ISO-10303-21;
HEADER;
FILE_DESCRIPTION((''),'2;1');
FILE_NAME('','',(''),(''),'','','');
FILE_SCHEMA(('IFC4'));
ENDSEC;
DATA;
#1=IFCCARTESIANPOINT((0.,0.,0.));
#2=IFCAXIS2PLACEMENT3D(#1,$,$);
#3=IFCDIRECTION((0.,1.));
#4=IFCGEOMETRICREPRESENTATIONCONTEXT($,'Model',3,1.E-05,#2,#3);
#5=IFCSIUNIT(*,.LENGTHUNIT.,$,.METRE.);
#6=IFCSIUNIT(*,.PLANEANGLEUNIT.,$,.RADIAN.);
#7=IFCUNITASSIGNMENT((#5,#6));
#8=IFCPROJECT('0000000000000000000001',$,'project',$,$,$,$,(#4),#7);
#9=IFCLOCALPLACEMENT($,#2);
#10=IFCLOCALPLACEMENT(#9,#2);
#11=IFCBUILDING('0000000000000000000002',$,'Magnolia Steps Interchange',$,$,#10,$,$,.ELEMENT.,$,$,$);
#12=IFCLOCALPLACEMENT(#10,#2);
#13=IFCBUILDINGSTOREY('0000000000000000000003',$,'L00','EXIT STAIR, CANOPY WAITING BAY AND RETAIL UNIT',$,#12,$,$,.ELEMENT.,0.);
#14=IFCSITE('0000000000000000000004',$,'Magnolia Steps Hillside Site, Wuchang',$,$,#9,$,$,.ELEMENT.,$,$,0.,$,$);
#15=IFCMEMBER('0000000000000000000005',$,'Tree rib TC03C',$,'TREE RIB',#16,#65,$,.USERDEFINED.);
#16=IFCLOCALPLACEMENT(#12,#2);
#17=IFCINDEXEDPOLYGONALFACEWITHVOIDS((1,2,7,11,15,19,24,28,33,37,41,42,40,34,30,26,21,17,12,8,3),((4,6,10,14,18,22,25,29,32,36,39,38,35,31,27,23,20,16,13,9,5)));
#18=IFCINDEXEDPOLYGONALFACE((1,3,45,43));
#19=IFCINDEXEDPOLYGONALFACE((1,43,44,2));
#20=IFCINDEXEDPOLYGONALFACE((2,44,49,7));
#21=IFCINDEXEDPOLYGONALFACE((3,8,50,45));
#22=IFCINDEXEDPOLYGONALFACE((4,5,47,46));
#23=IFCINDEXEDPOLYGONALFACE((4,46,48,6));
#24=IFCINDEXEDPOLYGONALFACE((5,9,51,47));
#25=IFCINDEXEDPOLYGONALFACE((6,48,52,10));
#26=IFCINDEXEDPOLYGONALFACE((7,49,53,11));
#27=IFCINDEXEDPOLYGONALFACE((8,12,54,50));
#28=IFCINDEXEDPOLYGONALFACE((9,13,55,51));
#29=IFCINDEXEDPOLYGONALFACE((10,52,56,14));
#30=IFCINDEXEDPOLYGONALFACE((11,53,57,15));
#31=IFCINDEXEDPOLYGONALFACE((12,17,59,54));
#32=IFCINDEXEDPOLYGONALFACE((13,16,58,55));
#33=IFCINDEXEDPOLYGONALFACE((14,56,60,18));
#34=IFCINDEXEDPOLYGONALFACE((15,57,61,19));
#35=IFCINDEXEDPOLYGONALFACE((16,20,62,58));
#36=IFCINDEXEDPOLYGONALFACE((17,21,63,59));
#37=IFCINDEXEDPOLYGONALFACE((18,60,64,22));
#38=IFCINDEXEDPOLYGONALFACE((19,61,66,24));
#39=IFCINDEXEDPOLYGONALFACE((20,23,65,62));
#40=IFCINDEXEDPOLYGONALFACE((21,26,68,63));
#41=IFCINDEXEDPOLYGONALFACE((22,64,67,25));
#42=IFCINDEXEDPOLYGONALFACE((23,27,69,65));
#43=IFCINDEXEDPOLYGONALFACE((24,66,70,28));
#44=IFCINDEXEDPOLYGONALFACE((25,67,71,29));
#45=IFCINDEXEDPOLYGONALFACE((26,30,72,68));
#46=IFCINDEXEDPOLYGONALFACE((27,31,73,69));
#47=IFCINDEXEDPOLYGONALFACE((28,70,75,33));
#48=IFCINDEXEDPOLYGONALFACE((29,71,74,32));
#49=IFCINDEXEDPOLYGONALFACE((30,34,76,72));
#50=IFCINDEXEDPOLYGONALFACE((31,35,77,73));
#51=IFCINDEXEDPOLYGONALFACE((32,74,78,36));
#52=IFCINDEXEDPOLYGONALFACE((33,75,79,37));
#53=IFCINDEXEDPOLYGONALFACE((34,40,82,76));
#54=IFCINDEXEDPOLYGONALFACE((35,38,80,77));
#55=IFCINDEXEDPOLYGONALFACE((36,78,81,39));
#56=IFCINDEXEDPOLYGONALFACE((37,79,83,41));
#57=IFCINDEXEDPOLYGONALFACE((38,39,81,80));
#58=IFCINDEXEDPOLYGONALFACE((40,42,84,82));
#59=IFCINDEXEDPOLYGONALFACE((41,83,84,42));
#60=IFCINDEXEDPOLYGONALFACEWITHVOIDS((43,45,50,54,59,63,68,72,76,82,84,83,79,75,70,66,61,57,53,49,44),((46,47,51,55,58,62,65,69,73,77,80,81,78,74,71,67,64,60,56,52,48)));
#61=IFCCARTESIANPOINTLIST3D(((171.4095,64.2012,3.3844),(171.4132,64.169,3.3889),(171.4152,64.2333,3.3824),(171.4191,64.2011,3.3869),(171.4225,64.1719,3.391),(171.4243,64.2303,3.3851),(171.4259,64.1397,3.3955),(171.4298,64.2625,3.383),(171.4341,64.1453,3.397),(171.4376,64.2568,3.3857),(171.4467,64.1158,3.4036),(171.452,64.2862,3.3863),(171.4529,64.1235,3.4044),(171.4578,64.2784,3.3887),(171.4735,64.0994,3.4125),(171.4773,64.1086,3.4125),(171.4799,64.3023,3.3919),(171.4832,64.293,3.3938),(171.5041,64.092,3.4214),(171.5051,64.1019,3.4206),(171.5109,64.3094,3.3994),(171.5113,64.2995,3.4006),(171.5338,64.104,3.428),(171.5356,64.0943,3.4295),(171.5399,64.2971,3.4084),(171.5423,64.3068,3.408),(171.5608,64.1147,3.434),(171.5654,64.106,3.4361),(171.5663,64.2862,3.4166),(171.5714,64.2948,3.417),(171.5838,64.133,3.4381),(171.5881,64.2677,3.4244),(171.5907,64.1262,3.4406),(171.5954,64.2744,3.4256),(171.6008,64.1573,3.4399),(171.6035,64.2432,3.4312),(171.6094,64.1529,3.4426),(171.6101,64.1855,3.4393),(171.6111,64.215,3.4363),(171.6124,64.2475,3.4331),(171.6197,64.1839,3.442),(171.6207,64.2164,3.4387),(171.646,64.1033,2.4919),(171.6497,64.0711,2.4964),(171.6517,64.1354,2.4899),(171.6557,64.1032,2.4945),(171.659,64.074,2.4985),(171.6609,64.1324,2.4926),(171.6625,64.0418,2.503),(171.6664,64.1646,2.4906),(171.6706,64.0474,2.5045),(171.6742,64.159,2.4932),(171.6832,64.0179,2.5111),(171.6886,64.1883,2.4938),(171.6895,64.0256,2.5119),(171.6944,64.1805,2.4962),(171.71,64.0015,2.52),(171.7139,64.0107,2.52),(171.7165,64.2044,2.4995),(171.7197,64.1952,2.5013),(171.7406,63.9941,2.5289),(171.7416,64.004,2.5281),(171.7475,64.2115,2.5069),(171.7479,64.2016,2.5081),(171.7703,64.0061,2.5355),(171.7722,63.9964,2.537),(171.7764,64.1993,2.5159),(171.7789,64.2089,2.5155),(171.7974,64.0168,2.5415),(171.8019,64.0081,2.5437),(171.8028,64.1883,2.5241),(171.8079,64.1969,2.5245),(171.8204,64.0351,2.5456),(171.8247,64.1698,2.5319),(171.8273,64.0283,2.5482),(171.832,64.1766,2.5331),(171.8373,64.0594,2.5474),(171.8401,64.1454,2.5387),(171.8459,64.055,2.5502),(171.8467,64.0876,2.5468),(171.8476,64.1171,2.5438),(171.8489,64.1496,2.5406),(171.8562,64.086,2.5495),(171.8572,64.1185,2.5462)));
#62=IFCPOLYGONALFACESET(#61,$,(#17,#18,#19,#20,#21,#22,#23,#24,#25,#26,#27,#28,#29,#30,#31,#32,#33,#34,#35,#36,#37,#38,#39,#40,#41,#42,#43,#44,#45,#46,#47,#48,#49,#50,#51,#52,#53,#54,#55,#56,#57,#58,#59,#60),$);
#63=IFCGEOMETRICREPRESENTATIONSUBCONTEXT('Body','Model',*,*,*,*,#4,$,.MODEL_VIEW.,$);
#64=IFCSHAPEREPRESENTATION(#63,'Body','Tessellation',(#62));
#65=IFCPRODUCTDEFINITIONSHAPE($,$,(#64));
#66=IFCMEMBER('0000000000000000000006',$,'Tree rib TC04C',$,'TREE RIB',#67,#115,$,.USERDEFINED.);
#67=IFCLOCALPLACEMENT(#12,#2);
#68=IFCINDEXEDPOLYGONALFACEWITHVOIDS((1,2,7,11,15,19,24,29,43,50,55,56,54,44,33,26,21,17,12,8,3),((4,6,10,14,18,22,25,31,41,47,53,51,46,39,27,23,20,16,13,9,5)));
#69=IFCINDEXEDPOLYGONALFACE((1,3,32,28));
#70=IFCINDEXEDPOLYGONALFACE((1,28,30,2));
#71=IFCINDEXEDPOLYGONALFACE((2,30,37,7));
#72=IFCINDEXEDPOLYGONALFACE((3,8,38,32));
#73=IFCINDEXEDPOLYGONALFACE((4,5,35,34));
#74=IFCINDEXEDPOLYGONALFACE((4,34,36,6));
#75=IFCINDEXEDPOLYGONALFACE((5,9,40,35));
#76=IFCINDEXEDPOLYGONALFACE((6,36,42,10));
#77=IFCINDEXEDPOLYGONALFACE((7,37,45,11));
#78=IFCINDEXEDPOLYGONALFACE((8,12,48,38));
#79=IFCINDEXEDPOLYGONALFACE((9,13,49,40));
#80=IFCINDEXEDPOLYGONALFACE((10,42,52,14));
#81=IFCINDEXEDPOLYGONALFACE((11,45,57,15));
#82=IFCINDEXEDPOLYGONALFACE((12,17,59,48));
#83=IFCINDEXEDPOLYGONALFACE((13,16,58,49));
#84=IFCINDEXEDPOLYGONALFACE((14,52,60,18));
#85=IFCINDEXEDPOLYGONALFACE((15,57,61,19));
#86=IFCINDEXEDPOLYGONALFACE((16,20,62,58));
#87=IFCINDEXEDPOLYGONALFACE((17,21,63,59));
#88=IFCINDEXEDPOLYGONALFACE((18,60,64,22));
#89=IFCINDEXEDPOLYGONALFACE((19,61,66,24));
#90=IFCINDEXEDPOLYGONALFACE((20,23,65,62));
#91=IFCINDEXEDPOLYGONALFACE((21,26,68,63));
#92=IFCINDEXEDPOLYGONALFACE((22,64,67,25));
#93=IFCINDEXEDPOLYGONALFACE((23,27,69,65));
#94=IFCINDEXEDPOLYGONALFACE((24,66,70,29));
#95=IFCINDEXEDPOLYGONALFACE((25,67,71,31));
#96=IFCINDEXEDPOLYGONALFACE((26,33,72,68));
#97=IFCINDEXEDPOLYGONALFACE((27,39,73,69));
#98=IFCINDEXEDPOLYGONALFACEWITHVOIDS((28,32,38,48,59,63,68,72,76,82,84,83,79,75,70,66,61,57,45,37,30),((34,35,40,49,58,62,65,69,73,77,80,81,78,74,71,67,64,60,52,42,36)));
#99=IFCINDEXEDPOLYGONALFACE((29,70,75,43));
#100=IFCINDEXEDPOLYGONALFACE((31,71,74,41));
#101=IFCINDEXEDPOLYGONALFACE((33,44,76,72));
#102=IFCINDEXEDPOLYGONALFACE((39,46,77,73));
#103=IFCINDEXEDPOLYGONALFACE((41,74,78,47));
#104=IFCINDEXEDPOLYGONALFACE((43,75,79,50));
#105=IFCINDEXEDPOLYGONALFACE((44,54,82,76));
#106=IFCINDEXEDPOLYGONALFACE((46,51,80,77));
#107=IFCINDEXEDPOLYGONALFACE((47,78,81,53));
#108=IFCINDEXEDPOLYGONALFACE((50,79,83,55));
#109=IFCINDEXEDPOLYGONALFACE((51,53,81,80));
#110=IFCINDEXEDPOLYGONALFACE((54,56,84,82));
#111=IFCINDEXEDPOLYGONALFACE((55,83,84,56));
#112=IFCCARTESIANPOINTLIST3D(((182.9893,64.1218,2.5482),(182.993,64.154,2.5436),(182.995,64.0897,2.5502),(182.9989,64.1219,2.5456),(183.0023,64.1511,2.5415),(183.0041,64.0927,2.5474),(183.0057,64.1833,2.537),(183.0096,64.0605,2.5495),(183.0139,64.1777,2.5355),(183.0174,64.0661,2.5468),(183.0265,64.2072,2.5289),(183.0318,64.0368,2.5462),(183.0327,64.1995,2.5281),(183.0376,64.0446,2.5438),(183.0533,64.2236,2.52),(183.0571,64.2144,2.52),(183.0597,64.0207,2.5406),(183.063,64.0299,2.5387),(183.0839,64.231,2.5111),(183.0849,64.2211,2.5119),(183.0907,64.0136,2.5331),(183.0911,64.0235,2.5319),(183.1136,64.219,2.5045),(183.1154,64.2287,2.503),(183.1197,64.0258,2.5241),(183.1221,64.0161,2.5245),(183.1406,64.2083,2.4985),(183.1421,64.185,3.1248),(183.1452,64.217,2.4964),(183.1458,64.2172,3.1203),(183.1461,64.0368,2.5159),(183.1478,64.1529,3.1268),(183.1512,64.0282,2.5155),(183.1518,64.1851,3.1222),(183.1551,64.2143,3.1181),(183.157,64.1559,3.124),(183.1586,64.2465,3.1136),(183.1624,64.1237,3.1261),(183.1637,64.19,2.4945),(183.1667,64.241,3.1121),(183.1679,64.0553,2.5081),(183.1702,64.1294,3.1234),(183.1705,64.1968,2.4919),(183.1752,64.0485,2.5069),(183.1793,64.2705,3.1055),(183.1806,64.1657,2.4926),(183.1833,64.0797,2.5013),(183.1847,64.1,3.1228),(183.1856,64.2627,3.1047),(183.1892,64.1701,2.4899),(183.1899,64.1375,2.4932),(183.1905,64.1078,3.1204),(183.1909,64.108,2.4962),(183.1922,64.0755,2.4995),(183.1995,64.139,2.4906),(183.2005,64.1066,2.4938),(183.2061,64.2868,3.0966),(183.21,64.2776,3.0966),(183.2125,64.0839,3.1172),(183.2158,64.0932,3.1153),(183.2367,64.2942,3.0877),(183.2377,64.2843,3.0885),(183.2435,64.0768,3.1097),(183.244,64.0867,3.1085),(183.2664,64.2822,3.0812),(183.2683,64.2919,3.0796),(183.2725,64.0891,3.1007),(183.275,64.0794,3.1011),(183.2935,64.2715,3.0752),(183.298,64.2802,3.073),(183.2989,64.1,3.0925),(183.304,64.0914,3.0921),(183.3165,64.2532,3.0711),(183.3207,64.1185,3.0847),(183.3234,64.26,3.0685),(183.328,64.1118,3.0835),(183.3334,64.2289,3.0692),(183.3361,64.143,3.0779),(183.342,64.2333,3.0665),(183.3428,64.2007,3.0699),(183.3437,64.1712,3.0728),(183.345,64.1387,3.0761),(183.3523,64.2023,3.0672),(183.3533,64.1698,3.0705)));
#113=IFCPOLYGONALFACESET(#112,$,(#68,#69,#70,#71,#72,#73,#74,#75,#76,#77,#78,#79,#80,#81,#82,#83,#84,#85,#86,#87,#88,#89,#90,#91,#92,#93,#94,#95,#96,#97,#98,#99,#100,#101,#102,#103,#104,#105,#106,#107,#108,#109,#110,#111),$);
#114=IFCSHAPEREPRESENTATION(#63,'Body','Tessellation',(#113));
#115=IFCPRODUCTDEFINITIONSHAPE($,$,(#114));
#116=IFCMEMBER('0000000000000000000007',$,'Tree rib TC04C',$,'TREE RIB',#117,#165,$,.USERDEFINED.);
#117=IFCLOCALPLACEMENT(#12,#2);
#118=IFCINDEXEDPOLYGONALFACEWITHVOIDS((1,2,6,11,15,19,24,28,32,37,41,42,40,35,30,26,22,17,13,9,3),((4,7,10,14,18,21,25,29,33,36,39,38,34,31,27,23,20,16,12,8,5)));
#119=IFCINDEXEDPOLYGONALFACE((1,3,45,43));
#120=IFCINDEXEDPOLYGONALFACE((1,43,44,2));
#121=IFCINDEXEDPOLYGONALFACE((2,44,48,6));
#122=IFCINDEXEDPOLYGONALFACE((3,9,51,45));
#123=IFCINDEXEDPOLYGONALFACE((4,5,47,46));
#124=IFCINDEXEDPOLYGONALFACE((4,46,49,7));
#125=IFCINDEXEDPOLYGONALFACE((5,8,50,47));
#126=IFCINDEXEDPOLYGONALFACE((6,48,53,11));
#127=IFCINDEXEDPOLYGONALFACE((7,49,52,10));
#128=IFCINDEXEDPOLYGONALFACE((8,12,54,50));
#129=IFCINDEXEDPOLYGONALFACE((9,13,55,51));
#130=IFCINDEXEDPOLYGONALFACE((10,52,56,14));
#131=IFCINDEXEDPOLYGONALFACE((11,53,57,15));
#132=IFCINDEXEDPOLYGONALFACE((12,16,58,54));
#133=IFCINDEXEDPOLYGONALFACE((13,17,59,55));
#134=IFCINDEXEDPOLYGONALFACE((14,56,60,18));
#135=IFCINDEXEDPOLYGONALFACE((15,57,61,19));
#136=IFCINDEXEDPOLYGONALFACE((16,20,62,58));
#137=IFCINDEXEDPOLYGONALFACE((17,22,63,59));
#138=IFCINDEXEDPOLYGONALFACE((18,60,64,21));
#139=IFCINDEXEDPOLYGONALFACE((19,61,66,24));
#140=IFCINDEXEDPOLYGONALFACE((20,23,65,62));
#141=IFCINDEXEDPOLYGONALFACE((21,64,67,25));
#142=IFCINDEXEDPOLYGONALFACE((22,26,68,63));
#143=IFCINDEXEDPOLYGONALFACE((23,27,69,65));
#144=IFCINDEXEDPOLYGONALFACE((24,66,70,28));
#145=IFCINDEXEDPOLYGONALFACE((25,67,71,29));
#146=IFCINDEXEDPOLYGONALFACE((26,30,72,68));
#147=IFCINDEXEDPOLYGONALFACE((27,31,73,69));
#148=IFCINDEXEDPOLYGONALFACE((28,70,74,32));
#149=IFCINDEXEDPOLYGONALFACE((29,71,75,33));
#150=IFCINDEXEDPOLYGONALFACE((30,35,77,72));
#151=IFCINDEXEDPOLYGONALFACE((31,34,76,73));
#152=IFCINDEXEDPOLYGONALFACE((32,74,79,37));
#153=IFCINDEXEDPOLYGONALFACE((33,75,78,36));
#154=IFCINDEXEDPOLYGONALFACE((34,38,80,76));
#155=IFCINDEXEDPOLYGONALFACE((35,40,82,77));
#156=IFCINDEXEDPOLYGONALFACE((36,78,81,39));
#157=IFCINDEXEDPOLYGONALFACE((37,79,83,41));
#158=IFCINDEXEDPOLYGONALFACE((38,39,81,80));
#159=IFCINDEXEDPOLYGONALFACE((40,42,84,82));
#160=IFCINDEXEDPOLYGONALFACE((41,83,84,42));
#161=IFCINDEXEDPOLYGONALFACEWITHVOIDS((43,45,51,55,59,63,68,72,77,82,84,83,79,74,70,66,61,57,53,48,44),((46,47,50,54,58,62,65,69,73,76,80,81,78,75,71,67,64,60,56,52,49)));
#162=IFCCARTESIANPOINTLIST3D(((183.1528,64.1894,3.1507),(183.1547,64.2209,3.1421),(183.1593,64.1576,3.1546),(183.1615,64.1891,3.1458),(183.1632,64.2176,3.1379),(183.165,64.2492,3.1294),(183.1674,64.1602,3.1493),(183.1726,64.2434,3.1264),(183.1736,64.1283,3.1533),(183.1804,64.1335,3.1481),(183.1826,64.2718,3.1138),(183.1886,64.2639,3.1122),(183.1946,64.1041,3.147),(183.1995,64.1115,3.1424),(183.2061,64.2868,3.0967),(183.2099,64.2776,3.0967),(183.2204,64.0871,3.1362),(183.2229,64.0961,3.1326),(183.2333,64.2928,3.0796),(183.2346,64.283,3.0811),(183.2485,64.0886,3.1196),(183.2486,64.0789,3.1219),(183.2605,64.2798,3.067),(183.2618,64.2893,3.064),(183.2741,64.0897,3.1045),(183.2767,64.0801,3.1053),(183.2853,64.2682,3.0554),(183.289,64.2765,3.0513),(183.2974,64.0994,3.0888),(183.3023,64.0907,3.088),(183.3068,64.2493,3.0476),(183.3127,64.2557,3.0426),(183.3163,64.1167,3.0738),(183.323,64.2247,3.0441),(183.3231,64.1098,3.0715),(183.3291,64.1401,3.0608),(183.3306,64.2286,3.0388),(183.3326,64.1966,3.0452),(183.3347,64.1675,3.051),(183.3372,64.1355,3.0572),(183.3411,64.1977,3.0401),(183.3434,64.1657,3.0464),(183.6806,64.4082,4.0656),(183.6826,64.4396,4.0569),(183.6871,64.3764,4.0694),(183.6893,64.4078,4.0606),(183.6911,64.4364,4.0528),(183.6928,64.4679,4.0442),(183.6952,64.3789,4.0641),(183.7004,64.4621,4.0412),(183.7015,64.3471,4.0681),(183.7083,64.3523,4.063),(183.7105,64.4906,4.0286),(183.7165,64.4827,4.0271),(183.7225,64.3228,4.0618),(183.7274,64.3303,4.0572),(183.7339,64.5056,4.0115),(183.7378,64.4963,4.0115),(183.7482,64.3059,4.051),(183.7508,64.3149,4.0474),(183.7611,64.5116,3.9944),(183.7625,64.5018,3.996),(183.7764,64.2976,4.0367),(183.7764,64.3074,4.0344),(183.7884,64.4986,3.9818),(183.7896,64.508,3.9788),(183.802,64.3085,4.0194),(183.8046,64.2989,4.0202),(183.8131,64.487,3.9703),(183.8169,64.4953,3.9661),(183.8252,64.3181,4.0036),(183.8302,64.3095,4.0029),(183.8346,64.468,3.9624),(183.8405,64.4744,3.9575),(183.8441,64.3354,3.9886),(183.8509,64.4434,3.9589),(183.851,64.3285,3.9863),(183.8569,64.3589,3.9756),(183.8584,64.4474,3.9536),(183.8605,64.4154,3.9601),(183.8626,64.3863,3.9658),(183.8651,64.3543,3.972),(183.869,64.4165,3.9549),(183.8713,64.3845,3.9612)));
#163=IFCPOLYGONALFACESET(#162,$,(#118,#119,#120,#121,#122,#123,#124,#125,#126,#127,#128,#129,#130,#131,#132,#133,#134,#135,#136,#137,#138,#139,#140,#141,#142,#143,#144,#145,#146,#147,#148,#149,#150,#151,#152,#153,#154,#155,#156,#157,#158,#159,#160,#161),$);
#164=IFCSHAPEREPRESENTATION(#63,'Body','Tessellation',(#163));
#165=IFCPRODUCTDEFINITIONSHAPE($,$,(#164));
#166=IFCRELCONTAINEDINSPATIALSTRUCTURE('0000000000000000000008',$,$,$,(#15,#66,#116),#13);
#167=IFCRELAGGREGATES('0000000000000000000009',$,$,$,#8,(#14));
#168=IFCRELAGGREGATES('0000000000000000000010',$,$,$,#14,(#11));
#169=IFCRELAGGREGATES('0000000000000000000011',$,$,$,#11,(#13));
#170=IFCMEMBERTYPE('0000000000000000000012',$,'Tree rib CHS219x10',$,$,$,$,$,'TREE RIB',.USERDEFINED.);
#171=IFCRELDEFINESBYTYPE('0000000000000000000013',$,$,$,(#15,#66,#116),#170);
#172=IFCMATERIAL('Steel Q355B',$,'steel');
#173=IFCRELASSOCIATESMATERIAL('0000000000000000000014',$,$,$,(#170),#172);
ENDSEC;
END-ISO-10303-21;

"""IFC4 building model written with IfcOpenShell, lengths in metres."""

from ifc_helpers import new_model, si_unit, direction, frame, origin, origin_2d, place, context, subcontext, project, spatial, hollow_circle, extrude, material, material_profile, profile_set, type_object, element, save


model = new_model("IFC4")

# Units and contexts
model_context = context("Model", 3, precision=1e-05, world=origin(), true_north=direction((0.0, 1.0)))
body_context = subcontext(model_context, "Body", "Model", "MODEL_VIEW")
ifc_project = project(units=[si_unit("LENGTHUNIT", "METRE"), si_unit("PLANEANGLEUNIT", "RADIAN")], contexts=[model_context])

# Site, building, storey
site_placement = place(None, origin())
site = spatial("IfcSite", under=ifc_project, at=site_placement, Name="Magnolia Steps Hillside Site, Wuchang", CompositionType="ELEMENT", RefElevation=0.0)
building_placement = place(site_placement, origin())
building = spatial("IfcBuilding", under=site, at=building_placement, Name="Magnolia Steps Interchange", CompositionType="ELEMENT")
storey_placement = place(building_placement, origin())
storey = spatial("IfcBuildingStorey", under=building, at=storey_placement, Name="L00", Description="EXIT STAIR, CANOPY WAITING BAY AND RETAIL UNIT", CompositionType="ELEMENT", Elevation=0.0)

# Members
ifc_material_1 = material(Name="Steel Q355B", Category="steel")
ifc_material_profile_1 = material_profile(ifc_material_1, hollow_circle(Radius=0.1096, WallThickness=0.01, at=origin_2d()), Name="CHS219x10")
ifc_profile_set_1 = profile_set([ifc_material_profile_1], Name="Steel Q355B")
member_type = type_object("IfcMemberType", Name="Tree rib CHS219x10", ElementType="TREE RIB", PredefinedType="USERDEFINED", material=ifc_profile_set_1)
member_1_placement = place(storey_placement, frame((171.752, 64.1028, 2.52), z_axis=(-0.25477, 0.105431, 0.961237), x_axis=(-0.38238, -0.924005, 0.0)))
element("IfcMember", 1, at=member_1_placement, inside=storey, type_object=member_type, Name="Tree rib TC03C", ObjectType="TREE RIB", PredefinedType="USERDEFINED", context=body_context, shape_type="SweptSolid", body=[
    extrude(hollow_circle(Radius=0.1096, WallThickness=0.01, at=origin_2d()), origin(), (0.0, 0.0, 1.0), 0.9285),
])
member_2_placement = place(storey_placement, frame((183.0952, 64.1223, 2.52), z_axis=(0.254758, 0.105403, 0.961243), x_axis=(-0.382308, 0.924035, 0.0)))
element("IfcMember", 2, at=member_2_placement, inside=storey, type_object=member_type, Name="Tree rib TC04C", ObjectType="TREE RIB", PredefinedType="USERDEFINED", context=body_context, shape_type="SweptSolid", body=[
    extrude(hollow_circle(Radius=0.1096, WallThickness=0.01, at=origin_2d()), origin(), (0.0, 0.0, 1.0), 0.5999),
])
member_3_placement = place(storey_placement, frame((183.248, 64.1855, 3.0967), z_axis=(0.489382, 0.202815, 0.848157), x_axis=(-0.382855, 0.923808, 0.0)))
element("IfcMember", 3, at=member_3_placement, inside=storey, type_object=member_type, Name="Tree rib TC04C", ObjectType="TREE RIB", PredefinedType="USERDEFINED", context=body_context, shape_type="SweptSolid", body=[
    extrude(hollow_circle(Radius=0.1096, WallThickness=0.01, at=origin_2d()), origin(), (0.0, 0.0, 1.0), 1.0786),
])

save(model, "model.ifc")
